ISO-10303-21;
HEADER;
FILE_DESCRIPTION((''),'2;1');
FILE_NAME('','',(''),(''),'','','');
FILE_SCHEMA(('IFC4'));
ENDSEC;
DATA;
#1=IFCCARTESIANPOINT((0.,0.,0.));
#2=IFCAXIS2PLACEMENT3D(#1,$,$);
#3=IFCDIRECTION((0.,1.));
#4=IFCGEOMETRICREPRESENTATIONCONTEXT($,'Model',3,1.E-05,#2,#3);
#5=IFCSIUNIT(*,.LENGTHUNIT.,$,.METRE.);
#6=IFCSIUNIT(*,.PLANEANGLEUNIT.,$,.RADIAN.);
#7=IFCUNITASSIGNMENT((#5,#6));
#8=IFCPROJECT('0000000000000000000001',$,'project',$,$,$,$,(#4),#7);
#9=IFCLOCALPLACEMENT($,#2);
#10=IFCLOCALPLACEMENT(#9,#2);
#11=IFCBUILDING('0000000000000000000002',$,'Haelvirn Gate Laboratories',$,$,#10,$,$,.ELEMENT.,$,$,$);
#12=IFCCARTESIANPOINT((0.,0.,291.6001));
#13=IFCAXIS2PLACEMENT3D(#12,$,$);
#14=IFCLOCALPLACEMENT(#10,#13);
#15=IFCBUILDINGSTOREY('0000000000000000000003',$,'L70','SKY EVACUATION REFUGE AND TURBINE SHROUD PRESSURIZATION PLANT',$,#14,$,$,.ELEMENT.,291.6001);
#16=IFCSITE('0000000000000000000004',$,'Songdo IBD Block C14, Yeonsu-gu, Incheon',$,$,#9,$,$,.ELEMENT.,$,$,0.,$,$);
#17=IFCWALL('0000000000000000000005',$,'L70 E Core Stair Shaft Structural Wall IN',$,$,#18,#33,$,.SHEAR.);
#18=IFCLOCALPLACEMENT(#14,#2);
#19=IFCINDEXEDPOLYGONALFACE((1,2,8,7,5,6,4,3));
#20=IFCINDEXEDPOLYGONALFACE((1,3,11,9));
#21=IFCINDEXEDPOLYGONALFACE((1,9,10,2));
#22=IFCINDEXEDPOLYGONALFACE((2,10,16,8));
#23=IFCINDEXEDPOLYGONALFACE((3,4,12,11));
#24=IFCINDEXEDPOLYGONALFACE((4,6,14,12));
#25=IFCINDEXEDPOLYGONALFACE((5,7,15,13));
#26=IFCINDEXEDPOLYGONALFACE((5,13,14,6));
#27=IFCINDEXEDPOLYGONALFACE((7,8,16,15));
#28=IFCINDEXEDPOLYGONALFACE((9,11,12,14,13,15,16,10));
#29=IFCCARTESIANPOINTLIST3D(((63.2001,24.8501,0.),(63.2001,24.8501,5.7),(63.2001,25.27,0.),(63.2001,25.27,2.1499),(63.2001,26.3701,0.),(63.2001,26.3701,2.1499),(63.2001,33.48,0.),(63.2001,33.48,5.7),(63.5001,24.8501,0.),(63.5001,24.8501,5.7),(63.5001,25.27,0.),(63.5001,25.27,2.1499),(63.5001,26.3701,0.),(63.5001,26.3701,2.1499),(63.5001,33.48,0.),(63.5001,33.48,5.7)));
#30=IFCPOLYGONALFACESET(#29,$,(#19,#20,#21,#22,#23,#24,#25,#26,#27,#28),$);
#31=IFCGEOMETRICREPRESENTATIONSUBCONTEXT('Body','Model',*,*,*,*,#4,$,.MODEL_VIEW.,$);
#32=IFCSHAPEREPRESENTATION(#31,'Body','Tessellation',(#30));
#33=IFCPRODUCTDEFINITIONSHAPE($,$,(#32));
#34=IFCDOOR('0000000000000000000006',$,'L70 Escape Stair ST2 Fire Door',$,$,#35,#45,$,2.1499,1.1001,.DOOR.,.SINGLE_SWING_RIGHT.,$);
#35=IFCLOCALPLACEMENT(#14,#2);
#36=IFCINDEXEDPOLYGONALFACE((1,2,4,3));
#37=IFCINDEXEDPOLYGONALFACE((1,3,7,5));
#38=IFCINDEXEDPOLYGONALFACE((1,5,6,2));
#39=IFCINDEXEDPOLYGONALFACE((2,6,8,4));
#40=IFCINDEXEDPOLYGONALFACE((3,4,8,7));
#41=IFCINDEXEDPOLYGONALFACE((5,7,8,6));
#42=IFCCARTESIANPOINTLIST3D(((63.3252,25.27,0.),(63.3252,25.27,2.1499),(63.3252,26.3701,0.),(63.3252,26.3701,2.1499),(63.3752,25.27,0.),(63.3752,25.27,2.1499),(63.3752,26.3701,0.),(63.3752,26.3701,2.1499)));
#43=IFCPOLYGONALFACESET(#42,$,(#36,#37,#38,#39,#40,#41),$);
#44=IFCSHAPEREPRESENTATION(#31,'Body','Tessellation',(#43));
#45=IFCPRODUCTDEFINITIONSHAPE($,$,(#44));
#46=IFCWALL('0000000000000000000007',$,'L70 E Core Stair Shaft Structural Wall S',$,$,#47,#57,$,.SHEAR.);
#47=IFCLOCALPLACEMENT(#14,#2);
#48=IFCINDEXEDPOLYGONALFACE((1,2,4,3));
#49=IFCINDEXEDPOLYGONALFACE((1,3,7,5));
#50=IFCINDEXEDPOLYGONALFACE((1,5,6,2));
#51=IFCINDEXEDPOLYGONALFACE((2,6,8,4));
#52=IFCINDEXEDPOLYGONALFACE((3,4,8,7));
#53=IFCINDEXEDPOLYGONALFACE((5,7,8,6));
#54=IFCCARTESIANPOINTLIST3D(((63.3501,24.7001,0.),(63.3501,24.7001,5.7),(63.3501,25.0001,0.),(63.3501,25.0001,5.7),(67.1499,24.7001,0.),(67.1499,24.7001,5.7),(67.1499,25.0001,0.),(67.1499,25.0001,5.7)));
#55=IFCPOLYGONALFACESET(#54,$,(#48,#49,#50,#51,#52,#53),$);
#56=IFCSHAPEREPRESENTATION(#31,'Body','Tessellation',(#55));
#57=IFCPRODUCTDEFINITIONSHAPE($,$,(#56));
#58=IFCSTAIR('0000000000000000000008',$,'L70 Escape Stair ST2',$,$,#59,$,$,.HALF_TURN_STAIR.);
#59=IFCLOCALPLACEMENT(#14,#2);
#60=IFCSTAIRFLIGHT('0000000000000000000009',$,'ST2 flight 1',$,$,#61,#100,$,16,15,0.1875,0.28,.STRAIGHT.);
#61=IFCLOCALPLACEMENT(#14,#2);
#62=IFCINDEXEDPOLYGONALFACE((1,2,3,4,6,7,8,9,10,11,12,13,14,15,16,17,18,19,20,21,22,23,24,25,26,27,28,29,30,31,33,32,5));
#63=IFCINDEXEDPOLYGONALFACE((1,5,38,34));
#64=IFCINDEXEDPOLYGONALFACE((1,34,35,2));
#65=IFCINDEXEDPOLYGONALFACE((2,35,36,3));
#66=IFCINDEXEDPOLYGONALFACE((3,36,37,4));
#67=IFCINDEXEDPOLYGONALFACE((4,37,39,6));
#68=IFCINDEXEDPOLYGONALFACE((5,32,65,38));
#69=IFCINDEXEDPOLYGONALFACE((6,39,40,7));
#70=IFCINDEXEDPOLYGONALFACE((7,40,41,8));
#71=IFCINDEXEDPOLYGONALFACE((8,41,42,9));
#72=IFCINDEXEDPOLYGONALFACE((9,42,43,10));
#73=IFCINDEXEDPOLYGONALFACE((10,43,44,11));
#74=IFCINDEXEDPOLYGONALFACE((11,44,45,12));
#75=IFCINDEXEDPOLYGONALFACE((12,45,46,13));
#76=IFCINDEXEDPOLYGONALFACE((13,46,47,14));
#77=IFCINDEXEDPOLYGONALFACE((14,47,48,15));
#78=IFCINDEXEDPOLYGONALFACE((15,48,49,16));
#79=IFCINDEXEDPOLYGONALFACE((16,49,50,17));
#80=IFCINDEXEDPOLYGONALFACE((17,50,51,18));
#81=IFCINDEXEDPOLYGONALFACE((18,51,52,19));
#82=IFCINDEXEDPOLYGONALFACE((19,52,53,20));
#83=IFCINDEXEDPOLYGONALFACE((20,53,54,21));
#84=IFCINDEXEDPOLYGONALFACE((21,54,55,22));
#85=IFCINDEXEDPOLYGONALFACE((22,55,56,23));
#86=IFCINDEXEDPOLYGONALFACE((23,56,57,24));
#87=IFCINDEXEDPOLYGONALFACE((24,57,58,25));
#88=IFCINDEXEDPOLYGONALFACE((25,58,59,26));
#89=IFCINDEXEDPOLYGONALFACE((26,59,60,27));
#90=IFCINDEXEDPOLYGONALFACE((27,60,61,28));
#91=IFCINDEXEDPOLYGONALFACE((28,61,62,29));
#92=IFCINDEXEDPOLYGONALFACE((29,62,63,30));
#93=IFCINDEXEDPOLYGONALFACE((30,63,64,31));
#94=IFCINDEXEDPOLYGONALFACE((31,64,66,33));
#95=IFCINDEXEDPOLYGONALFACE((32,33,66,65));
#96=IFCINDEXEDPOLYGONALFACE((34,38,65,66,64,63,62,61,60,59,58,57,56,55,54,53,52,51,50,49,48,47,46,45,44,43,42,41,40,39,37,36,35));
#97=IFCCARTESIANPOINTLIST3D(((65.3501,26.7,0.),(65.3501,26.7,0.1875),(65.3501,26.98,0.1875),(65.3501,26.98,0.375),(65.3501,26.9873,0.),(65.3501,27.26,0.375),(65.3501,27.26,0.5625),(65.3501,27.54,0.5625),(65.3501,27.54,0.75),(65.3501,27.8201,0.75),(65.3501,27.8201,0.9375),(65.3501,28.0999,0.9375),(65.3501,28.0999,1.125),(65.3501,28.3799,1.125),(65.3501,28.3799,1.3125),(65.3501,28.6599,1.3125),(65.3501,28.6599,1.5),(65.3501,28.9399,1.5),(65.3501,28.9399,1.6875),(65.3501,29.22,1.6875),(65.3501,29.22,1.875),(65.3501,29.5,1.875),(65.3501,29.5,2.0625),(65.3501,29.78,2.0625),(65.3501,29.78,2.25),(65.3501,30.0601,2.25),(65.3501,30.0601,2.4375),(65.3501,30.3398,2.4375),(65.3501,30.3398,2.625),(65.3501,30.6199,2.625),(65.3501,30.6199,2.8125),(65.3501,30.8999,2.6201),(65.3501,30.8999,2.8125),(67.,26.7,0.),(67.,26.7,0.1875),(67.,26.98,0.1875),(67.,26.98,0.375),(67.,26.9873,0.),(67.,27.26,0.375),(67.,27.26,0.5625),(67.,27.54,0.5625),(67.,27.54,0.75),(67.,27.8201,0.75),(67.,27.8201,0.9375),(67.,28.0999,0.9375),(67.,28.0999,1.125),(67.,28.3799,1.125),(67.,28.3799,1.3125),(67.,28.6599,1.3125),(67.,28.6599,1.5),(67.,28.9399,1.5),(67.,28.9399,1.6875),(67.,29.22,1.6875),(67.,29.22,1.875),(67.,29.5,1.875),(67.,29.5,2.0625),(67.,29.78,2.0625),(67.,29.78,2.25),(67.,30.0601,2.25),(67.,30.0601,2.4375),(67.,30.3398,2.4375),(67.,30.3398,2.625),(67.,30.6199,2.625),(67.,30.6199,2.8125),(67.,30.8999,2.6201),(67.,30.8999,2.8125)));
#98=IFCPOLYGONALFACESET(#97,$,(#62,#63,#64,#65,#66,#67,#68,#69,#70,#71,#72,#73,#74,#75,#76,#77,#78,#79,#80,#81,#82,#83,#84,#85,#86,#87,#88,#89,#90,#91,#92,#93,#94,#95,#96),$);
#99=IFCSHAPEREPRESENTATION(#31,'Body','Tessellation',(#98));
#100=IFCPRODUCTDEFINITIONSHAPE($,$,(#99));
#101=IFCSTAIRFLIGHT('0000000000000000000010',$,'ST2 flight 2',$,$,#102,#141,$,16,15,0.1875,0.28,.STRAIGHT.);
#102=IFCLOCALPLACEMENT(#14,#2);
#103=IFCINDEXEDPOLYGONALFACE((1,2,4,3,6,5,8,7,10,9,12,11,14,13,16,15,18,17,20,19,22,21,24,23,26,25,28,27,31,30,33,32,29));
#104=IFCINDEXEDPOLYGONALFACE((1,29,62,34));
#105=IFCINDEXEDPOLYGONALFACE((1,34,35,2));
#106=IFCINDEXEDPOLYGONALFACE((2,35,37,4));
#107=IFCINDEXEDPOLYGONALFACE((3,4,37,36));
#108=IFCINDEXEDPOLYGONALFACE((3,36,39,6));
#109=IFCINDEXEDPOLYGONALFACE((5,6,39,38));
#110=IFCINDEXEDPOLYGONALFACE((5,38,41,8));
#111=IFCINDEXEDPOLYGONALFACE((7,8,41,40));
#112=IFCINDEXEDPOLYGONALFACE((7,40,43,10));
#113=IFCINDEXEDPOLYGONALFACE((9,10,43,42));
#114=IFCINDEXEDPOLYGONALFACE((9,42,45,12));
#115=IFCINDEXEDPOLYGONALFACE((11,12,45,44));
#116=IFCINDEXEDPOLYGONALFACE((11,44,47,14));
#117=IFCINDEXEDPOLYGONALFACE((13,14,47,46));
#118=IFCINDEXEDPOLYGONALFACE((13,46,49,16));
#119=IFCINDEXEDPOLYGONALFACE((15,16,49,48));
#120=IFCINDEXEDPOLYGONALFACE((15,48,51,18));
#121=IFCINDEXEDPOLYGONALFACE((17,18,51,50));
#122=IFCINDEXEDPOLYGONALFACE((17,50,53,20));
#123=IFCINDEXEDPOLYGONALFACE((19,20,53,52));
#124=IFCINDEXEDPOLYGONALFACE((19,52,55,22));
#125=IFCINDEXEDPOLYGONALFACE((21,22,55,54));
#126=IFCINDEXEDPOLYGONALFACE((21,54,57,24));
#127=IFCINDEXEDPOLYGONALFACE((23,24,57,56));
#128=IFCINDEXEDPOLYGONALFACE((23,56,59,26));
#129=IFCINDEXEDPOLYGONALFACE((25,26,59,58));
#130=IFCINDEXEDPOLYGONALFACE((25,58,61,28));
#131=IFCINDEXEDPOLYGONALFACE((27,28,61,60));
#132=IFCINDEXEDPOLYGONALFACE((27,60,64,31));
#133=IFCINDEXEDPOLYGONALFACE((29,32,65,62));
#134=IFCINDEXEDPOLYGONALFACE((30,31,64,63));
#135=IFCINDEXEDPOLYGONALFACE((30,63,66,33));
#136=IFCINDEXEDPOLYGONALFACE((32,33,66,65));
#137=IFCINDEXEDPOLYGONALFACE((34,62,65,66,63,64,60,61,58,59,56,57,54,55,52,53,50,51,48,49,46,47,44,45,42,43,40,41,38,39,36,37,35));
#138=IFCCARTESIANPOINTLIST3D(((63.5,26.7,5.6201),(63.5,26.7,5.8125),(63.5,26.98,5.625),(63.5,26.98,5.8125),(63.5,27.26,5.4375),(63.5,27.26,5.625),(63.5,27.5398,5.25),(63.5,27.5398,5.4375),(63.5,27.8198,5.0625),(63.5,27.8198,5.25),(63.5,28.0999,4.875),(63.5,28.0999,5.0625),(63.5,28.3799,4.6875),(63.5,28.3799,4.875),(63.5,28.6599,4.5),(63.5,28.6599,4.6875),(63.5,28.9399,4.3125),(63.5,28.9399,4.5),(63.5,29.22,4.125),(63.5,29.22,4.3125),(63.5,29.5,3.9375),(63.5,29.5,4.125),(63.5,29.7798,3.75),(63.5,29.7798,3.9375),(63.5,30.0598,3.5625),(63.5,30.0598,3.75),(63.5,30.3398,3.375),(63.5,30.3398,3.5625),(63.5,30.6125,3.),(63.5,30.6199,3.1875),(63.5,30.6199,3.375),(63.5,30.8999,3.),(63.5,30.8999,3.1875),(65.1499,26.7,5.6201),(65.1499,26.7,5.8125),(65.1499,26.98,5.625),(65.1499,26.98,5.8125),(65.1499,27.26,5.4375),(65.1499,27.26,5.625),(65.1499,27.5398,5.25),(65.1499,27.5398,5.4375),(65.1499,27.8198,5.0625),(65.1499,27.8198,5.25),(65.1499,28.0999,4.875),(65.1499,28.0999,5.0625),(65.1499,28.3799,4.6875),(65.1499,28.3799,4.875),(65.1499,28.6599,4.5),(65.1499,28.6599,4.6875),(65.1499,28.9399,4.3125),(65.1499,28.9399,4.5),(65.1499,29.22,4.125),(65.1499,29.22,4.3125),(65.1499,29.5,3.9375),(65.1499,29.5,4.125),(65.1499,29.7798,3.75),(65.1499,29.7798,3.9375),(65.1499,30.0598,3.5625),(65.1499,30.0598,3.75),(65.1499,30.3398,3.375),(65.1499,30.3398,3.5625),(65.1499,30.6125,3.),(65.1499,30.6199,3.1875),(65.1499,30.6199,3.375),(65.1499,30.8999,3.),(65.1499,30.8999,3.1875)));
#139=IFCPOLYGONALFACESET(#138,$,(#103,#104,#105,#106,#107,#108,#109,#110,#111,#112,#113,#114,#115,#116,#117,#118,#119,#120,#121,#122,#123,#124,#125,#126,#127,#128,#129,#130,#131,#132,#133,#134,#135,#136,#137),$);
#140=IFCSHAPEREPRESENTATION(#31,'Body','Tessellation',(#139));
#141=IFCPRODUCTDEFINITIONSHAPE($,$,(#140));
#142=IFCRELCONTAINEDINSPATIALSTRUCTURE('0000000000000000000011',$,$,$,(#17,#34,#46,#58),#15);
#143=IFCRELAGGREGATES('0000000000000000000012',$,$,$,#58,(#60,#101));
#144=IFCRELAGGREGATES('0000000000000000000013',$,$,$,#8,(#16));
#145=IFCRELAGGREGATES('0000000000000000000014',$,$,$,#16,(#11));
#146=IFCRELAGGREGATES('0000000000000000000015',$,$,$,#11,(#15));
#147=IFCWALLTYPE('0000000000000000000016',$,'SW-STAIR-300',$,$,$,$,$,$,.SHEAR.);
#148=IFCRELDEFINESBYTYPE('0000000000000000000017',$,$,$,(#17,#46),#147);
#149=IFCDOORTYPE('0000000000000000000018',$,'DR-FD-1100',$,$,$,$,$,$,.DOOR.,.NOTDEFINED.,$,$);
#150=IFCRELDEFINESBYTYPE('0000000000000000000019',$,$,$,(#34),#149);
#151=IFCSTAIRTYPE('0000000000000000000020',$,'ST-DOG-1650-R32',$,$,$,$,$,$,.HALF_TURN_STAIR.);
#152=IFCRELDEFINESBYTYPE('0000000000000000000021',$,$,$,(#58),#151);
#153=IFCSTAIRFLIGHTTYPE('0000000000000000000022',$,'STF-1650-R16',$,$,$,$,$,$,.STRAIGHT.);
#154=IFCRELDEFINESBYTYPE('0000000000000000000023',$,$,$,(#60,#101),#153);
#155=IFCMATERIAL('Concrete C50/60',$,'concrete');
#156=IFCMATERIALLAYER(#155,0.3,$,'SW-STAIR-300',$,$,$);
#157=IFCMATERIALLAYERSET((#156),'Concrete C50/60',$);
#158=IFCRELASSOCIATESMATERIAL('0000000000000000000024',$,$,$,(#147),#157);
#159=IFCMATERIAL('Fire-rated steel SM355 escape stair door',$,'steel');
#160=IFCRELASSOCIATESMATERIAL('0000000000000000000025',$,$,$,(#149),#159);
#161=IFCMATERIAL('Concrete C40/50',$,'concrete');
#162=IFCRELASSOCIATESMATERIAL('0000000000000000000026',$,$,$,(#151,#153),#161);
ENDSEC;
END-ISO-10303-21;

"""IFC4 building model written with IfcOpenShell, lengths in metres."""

from ifc_helpers import new_model, si_unit, direction, frame, frame_2d, origin, place, context, subcontext, project, spatial, polyline, rectangle, outline, extrude, source, transform, mapped, material, layer, layer_set, type_object, type_shapes, element, fill, aggregate, save


model = new_model("IFC4")

# Units and contexts
model_context = context("Model", 3, precision=1e-05, world=origin(), true_north=direction((0.0, 1.0)))
body_context = subcontext(model_context, "Body", "Model", "MODEL_VIEW")
ifc_project = project(units=[si_unit("LENGTHUNIT", "METRE"), si_unit("PLANEANGLEUNIT", "RADIAN")], contexts=[model_context])

# Site, building, storey
site_placement = place(None, origin())
site = spatial("IfcSite", under=ifc_project, at=site_placement, Name="Songdo IBD Block C14, Yeonsu-gu, Incheon", CompositionType="ELEMENT", RefElevation=0.0)
building_placement = place(site_placement, origin())
building = spatial("IfcBuilding", under=site, at=building_placement, Name="Haelvirn Gate Laboratories", CompositionType="ELEMENT")
storey_placement = place(building_placement, frame((0.0, 0.0, 291.6001)))
storey = spatial("IfcBuildingStorey", under=building, at=storey_placement, Name="L70", Description="SKY EVACUATION REFUGE AND TURBINE SHROUD PRESSURIZATION PLANT", CompositionType="ELEMENT", Elevation=291.6001)

# Shared definitions
ifc_material_1 = material(Name="Concrete C40/50", Category="concrete")

# Shared definitions
ifc_material_2 = material(Name="Concrete C50/60", Category="concrete")

# Wall, opening, door
ifc_layer_1 = layer(ifc_material_2, 0.3, Name="SW-STAIR-300")
ifc_layer_set_1 = layer_set([ifc_layer_1], Name="Concrete C50/60")
wall_type_1 = type_object("IfcWallType", Name="SW-STAIR-300", PredefinedType="SHEAR", material=ifc_layer_set_1)
wall_1_placement = place(storey_placement, frame((63.3501, 24.8501, 0.0), z_axis=(0.0, 0.0, 1.0), x_axis=(0.0, 1.0, 0.0)))
wall_1 = element("IfcWall", 1, at=wall_1_placement, inside=storey, type_object=wall_type_1, Name="L70 E Core Stair Shaft Structural Wall IN", PredefinedType="SHEAR", context=body_context, shape_type="SweptSolid", body=[
    extrude(rectangle(XDim=8.6299, YDim=0.3, at=frame_2d((4.3149, 0.0))), origin(), (0.0, 0.0, 1.0), 5.7),
])
opening_1_placement = place(wall_1_placement, frame((0.4199, 0.0, 0.0)))
opening_1 = element("IfcOpeningElement", 2, at=opening_1_placement, cuts=wall_1, PredefinedType="OPENING", context=body_context, shape_type="SweptSolid", body=[
    extrude(rectangle(XDim=1.1001, YDim=2.1499, at=frame_2d((0.55, 1.075))), frame((0.0, 0.1602, 0.0), z_axis=(0.0, -1.0, 0.0), x_axis=(1.0, 0.0, 0.0)), (0.0, 0.0, 1.0), 0.3201),
])
ifc_material_3 = material(Name="Fire-rated steel SM355 escape stair door", Category="steel")
door_type_1 = type_object("IfcDoorType", Name="DR-FD-1100", OperationType="NOTDEFINED", PredefinedType="DOOR", material=ifc_material_3)
shared_shape_1 = source(origin(), body_context, "Body", "SweptSolid", [
    extrude(rectangle(XDim=1.1001, YDim=2.1499, at=frame_2d((0.55, 1.075))), frame((0.0, 0.0249, 0.0), z_axis=(0.0, -1.0, 0.0), x_axis=(1.0, 0.0, 0.0)), (0.0, 0.0, 1.0), 0.05),
])
type_shapes(door_type_1, [shared_shape_1])
door_1_placement = place(opening_1_placement, origin())
door_1 = element("IfcDoor", 3, at=door_1_placement, inside=storey, type_object=door_type_1, Name="L70 Escape Stair ST2 Fire Door", OperationType="SINGLE_SWING_RIGHT", OverallHeight=2.1499, OverallWidth=1.1001, PredefinedType="DOOR", context=body_context, shape_type="MappedRepresentation", body=[
    mapped(shared_shape_1, transform((0.0, 0.0, 0.0), scale=1.0)),
])
fill(opening_1, door_1)

# Wall
wall_2_placement = place(storey_placement, frame((63.3501, 24.8501, 0.0), z_axis=(0.0, 0.0, 1.0), x_axis=(1.0, 0.0, 0.0)))
element("IfcWall", 4, at=wall_2_placement, inside=storey, type_object=wall_type_1, Name="L70 E Core Stair Shaft Structural Wall S", PredefinedType="SHEAR", context=body_context, shape_type="SweptSolid", body=[
    extrude(rectangle(XDim=3.7998, YDim=0.3, at=frame_2d((1.8999, 0.0))), origin(), (0.0, 0.0, 1.0), 5.7),
])

# Stair, stair flights
stair_type = type_object("IfcStairType", Name="ST-DOG-1650-R32", PredefinedType="HALF_TURN_STAIR", material=ifc_material_1)
stair_placement = place(storey_placement, origin())
stair = element("IfcStair", 5, at=stair_placement, inside=storey, type_object=stair_type, Name="L70 Escape Stair ST2", PredefinedType="HALF_TURN_STAIR")
stair_flight_type = type_object("IfcStairFlightType", Name="STF-1650-R16", PredefinedType="STRAIGHT", material=ifc_material_1)
shared_shape_2 = source(origin(), body_context, "Body", "SweptSolid", [
    extrude(outline(polyline([(0.0, 0.0), (0.0, 0.1875), (0.28, 0.1875), (0.28, 0.375), (0.5601, 0.375), (0.5601, 0.5625), (0.8401, 0.5625), (0.8401, 0.75), (1.1201, 0.75), (1.1201, 0.9375), (1.3999, 0.9375), (1.3999, 1.125), (1.6799, 1.125), (1.6799, 1.3125), (1.96, 1.3125), (1.96, 1.5), (2.24, 1.5), (2.24, 1.6875), (2.52, 1.6875), (2.52, 1.875), (2.8, 1.875), (2.8, 2.0625), (3.0801, 2.0625), (3.0801, 2.25), (3.3601, 2.25), (3.3601, 2.4375), (3.6399, 2.4375), (3.6399, 2.625), (3.9199, 2.625), (3.9199, 2.8125), (4.2, 2.8125), (4.2, 3.0), (4.2, 2.6201), (0.2874, 0.0), (0.0, 0.0)])), frame((0.0, 0.825, 0.0), z_axis=(0.0, -1.0, 0.0), x_axis=(1.0, 0.0, 0.0)), (0.0, 0.0, 1.0), 1.6499),
])
type_shapes(stair_flight_type, [shared_shape_2])
stair_flight_1_placement = place(storey_placement, frame((66.175, 26.7, 0.0), z_axis=(0.0, 0.0, 1.0), x_axis=(0.0, 1.0, 0.0)))
stair_flight_1 = element("IfcStairFlight", 6, at=stair_flight_1_placement, type_object=stair_flight_type, Name="ST2 flight 1", NumberOfRisers=16, NumberOfTreads=15, PredefinedType="STRAIGHT", RiserHeight=0.1875, TreadLength=0.28, context=body_context, shape_type="MappedRepresentation", body=[
    mapped(shared_shape_2, transform((0.0, 0.0, 0.0), scale=1.0)),
])
stair_flight_2_placement = place(storey_placement, frame((64.325, 30.8999, 3.0), z_axis=(0.0, 0.0, 1.0), x_axis=(0.0, -1.0, 0.0)))
stair_flight_2 = element("IfcStairFlight", 7, at=stair_flight_2_placement, type_object=stair_flight_type, Name="ST2 flight 2", NumberOfRisers=16, NumberOfTreads=15, PredefinedType="STRAIGHT", RiserHeight=0.1875, TreadLength=0.28, context=body_context, shape_type="MappedRepresentation", body=[
    mapped(shared_shape_2, transform((0.0, 0.0, 0.0), scale=1.0)),
])
aggregate(stair, [stair_flight_1, stair_flight_2])

save(model, "model.ifc")
